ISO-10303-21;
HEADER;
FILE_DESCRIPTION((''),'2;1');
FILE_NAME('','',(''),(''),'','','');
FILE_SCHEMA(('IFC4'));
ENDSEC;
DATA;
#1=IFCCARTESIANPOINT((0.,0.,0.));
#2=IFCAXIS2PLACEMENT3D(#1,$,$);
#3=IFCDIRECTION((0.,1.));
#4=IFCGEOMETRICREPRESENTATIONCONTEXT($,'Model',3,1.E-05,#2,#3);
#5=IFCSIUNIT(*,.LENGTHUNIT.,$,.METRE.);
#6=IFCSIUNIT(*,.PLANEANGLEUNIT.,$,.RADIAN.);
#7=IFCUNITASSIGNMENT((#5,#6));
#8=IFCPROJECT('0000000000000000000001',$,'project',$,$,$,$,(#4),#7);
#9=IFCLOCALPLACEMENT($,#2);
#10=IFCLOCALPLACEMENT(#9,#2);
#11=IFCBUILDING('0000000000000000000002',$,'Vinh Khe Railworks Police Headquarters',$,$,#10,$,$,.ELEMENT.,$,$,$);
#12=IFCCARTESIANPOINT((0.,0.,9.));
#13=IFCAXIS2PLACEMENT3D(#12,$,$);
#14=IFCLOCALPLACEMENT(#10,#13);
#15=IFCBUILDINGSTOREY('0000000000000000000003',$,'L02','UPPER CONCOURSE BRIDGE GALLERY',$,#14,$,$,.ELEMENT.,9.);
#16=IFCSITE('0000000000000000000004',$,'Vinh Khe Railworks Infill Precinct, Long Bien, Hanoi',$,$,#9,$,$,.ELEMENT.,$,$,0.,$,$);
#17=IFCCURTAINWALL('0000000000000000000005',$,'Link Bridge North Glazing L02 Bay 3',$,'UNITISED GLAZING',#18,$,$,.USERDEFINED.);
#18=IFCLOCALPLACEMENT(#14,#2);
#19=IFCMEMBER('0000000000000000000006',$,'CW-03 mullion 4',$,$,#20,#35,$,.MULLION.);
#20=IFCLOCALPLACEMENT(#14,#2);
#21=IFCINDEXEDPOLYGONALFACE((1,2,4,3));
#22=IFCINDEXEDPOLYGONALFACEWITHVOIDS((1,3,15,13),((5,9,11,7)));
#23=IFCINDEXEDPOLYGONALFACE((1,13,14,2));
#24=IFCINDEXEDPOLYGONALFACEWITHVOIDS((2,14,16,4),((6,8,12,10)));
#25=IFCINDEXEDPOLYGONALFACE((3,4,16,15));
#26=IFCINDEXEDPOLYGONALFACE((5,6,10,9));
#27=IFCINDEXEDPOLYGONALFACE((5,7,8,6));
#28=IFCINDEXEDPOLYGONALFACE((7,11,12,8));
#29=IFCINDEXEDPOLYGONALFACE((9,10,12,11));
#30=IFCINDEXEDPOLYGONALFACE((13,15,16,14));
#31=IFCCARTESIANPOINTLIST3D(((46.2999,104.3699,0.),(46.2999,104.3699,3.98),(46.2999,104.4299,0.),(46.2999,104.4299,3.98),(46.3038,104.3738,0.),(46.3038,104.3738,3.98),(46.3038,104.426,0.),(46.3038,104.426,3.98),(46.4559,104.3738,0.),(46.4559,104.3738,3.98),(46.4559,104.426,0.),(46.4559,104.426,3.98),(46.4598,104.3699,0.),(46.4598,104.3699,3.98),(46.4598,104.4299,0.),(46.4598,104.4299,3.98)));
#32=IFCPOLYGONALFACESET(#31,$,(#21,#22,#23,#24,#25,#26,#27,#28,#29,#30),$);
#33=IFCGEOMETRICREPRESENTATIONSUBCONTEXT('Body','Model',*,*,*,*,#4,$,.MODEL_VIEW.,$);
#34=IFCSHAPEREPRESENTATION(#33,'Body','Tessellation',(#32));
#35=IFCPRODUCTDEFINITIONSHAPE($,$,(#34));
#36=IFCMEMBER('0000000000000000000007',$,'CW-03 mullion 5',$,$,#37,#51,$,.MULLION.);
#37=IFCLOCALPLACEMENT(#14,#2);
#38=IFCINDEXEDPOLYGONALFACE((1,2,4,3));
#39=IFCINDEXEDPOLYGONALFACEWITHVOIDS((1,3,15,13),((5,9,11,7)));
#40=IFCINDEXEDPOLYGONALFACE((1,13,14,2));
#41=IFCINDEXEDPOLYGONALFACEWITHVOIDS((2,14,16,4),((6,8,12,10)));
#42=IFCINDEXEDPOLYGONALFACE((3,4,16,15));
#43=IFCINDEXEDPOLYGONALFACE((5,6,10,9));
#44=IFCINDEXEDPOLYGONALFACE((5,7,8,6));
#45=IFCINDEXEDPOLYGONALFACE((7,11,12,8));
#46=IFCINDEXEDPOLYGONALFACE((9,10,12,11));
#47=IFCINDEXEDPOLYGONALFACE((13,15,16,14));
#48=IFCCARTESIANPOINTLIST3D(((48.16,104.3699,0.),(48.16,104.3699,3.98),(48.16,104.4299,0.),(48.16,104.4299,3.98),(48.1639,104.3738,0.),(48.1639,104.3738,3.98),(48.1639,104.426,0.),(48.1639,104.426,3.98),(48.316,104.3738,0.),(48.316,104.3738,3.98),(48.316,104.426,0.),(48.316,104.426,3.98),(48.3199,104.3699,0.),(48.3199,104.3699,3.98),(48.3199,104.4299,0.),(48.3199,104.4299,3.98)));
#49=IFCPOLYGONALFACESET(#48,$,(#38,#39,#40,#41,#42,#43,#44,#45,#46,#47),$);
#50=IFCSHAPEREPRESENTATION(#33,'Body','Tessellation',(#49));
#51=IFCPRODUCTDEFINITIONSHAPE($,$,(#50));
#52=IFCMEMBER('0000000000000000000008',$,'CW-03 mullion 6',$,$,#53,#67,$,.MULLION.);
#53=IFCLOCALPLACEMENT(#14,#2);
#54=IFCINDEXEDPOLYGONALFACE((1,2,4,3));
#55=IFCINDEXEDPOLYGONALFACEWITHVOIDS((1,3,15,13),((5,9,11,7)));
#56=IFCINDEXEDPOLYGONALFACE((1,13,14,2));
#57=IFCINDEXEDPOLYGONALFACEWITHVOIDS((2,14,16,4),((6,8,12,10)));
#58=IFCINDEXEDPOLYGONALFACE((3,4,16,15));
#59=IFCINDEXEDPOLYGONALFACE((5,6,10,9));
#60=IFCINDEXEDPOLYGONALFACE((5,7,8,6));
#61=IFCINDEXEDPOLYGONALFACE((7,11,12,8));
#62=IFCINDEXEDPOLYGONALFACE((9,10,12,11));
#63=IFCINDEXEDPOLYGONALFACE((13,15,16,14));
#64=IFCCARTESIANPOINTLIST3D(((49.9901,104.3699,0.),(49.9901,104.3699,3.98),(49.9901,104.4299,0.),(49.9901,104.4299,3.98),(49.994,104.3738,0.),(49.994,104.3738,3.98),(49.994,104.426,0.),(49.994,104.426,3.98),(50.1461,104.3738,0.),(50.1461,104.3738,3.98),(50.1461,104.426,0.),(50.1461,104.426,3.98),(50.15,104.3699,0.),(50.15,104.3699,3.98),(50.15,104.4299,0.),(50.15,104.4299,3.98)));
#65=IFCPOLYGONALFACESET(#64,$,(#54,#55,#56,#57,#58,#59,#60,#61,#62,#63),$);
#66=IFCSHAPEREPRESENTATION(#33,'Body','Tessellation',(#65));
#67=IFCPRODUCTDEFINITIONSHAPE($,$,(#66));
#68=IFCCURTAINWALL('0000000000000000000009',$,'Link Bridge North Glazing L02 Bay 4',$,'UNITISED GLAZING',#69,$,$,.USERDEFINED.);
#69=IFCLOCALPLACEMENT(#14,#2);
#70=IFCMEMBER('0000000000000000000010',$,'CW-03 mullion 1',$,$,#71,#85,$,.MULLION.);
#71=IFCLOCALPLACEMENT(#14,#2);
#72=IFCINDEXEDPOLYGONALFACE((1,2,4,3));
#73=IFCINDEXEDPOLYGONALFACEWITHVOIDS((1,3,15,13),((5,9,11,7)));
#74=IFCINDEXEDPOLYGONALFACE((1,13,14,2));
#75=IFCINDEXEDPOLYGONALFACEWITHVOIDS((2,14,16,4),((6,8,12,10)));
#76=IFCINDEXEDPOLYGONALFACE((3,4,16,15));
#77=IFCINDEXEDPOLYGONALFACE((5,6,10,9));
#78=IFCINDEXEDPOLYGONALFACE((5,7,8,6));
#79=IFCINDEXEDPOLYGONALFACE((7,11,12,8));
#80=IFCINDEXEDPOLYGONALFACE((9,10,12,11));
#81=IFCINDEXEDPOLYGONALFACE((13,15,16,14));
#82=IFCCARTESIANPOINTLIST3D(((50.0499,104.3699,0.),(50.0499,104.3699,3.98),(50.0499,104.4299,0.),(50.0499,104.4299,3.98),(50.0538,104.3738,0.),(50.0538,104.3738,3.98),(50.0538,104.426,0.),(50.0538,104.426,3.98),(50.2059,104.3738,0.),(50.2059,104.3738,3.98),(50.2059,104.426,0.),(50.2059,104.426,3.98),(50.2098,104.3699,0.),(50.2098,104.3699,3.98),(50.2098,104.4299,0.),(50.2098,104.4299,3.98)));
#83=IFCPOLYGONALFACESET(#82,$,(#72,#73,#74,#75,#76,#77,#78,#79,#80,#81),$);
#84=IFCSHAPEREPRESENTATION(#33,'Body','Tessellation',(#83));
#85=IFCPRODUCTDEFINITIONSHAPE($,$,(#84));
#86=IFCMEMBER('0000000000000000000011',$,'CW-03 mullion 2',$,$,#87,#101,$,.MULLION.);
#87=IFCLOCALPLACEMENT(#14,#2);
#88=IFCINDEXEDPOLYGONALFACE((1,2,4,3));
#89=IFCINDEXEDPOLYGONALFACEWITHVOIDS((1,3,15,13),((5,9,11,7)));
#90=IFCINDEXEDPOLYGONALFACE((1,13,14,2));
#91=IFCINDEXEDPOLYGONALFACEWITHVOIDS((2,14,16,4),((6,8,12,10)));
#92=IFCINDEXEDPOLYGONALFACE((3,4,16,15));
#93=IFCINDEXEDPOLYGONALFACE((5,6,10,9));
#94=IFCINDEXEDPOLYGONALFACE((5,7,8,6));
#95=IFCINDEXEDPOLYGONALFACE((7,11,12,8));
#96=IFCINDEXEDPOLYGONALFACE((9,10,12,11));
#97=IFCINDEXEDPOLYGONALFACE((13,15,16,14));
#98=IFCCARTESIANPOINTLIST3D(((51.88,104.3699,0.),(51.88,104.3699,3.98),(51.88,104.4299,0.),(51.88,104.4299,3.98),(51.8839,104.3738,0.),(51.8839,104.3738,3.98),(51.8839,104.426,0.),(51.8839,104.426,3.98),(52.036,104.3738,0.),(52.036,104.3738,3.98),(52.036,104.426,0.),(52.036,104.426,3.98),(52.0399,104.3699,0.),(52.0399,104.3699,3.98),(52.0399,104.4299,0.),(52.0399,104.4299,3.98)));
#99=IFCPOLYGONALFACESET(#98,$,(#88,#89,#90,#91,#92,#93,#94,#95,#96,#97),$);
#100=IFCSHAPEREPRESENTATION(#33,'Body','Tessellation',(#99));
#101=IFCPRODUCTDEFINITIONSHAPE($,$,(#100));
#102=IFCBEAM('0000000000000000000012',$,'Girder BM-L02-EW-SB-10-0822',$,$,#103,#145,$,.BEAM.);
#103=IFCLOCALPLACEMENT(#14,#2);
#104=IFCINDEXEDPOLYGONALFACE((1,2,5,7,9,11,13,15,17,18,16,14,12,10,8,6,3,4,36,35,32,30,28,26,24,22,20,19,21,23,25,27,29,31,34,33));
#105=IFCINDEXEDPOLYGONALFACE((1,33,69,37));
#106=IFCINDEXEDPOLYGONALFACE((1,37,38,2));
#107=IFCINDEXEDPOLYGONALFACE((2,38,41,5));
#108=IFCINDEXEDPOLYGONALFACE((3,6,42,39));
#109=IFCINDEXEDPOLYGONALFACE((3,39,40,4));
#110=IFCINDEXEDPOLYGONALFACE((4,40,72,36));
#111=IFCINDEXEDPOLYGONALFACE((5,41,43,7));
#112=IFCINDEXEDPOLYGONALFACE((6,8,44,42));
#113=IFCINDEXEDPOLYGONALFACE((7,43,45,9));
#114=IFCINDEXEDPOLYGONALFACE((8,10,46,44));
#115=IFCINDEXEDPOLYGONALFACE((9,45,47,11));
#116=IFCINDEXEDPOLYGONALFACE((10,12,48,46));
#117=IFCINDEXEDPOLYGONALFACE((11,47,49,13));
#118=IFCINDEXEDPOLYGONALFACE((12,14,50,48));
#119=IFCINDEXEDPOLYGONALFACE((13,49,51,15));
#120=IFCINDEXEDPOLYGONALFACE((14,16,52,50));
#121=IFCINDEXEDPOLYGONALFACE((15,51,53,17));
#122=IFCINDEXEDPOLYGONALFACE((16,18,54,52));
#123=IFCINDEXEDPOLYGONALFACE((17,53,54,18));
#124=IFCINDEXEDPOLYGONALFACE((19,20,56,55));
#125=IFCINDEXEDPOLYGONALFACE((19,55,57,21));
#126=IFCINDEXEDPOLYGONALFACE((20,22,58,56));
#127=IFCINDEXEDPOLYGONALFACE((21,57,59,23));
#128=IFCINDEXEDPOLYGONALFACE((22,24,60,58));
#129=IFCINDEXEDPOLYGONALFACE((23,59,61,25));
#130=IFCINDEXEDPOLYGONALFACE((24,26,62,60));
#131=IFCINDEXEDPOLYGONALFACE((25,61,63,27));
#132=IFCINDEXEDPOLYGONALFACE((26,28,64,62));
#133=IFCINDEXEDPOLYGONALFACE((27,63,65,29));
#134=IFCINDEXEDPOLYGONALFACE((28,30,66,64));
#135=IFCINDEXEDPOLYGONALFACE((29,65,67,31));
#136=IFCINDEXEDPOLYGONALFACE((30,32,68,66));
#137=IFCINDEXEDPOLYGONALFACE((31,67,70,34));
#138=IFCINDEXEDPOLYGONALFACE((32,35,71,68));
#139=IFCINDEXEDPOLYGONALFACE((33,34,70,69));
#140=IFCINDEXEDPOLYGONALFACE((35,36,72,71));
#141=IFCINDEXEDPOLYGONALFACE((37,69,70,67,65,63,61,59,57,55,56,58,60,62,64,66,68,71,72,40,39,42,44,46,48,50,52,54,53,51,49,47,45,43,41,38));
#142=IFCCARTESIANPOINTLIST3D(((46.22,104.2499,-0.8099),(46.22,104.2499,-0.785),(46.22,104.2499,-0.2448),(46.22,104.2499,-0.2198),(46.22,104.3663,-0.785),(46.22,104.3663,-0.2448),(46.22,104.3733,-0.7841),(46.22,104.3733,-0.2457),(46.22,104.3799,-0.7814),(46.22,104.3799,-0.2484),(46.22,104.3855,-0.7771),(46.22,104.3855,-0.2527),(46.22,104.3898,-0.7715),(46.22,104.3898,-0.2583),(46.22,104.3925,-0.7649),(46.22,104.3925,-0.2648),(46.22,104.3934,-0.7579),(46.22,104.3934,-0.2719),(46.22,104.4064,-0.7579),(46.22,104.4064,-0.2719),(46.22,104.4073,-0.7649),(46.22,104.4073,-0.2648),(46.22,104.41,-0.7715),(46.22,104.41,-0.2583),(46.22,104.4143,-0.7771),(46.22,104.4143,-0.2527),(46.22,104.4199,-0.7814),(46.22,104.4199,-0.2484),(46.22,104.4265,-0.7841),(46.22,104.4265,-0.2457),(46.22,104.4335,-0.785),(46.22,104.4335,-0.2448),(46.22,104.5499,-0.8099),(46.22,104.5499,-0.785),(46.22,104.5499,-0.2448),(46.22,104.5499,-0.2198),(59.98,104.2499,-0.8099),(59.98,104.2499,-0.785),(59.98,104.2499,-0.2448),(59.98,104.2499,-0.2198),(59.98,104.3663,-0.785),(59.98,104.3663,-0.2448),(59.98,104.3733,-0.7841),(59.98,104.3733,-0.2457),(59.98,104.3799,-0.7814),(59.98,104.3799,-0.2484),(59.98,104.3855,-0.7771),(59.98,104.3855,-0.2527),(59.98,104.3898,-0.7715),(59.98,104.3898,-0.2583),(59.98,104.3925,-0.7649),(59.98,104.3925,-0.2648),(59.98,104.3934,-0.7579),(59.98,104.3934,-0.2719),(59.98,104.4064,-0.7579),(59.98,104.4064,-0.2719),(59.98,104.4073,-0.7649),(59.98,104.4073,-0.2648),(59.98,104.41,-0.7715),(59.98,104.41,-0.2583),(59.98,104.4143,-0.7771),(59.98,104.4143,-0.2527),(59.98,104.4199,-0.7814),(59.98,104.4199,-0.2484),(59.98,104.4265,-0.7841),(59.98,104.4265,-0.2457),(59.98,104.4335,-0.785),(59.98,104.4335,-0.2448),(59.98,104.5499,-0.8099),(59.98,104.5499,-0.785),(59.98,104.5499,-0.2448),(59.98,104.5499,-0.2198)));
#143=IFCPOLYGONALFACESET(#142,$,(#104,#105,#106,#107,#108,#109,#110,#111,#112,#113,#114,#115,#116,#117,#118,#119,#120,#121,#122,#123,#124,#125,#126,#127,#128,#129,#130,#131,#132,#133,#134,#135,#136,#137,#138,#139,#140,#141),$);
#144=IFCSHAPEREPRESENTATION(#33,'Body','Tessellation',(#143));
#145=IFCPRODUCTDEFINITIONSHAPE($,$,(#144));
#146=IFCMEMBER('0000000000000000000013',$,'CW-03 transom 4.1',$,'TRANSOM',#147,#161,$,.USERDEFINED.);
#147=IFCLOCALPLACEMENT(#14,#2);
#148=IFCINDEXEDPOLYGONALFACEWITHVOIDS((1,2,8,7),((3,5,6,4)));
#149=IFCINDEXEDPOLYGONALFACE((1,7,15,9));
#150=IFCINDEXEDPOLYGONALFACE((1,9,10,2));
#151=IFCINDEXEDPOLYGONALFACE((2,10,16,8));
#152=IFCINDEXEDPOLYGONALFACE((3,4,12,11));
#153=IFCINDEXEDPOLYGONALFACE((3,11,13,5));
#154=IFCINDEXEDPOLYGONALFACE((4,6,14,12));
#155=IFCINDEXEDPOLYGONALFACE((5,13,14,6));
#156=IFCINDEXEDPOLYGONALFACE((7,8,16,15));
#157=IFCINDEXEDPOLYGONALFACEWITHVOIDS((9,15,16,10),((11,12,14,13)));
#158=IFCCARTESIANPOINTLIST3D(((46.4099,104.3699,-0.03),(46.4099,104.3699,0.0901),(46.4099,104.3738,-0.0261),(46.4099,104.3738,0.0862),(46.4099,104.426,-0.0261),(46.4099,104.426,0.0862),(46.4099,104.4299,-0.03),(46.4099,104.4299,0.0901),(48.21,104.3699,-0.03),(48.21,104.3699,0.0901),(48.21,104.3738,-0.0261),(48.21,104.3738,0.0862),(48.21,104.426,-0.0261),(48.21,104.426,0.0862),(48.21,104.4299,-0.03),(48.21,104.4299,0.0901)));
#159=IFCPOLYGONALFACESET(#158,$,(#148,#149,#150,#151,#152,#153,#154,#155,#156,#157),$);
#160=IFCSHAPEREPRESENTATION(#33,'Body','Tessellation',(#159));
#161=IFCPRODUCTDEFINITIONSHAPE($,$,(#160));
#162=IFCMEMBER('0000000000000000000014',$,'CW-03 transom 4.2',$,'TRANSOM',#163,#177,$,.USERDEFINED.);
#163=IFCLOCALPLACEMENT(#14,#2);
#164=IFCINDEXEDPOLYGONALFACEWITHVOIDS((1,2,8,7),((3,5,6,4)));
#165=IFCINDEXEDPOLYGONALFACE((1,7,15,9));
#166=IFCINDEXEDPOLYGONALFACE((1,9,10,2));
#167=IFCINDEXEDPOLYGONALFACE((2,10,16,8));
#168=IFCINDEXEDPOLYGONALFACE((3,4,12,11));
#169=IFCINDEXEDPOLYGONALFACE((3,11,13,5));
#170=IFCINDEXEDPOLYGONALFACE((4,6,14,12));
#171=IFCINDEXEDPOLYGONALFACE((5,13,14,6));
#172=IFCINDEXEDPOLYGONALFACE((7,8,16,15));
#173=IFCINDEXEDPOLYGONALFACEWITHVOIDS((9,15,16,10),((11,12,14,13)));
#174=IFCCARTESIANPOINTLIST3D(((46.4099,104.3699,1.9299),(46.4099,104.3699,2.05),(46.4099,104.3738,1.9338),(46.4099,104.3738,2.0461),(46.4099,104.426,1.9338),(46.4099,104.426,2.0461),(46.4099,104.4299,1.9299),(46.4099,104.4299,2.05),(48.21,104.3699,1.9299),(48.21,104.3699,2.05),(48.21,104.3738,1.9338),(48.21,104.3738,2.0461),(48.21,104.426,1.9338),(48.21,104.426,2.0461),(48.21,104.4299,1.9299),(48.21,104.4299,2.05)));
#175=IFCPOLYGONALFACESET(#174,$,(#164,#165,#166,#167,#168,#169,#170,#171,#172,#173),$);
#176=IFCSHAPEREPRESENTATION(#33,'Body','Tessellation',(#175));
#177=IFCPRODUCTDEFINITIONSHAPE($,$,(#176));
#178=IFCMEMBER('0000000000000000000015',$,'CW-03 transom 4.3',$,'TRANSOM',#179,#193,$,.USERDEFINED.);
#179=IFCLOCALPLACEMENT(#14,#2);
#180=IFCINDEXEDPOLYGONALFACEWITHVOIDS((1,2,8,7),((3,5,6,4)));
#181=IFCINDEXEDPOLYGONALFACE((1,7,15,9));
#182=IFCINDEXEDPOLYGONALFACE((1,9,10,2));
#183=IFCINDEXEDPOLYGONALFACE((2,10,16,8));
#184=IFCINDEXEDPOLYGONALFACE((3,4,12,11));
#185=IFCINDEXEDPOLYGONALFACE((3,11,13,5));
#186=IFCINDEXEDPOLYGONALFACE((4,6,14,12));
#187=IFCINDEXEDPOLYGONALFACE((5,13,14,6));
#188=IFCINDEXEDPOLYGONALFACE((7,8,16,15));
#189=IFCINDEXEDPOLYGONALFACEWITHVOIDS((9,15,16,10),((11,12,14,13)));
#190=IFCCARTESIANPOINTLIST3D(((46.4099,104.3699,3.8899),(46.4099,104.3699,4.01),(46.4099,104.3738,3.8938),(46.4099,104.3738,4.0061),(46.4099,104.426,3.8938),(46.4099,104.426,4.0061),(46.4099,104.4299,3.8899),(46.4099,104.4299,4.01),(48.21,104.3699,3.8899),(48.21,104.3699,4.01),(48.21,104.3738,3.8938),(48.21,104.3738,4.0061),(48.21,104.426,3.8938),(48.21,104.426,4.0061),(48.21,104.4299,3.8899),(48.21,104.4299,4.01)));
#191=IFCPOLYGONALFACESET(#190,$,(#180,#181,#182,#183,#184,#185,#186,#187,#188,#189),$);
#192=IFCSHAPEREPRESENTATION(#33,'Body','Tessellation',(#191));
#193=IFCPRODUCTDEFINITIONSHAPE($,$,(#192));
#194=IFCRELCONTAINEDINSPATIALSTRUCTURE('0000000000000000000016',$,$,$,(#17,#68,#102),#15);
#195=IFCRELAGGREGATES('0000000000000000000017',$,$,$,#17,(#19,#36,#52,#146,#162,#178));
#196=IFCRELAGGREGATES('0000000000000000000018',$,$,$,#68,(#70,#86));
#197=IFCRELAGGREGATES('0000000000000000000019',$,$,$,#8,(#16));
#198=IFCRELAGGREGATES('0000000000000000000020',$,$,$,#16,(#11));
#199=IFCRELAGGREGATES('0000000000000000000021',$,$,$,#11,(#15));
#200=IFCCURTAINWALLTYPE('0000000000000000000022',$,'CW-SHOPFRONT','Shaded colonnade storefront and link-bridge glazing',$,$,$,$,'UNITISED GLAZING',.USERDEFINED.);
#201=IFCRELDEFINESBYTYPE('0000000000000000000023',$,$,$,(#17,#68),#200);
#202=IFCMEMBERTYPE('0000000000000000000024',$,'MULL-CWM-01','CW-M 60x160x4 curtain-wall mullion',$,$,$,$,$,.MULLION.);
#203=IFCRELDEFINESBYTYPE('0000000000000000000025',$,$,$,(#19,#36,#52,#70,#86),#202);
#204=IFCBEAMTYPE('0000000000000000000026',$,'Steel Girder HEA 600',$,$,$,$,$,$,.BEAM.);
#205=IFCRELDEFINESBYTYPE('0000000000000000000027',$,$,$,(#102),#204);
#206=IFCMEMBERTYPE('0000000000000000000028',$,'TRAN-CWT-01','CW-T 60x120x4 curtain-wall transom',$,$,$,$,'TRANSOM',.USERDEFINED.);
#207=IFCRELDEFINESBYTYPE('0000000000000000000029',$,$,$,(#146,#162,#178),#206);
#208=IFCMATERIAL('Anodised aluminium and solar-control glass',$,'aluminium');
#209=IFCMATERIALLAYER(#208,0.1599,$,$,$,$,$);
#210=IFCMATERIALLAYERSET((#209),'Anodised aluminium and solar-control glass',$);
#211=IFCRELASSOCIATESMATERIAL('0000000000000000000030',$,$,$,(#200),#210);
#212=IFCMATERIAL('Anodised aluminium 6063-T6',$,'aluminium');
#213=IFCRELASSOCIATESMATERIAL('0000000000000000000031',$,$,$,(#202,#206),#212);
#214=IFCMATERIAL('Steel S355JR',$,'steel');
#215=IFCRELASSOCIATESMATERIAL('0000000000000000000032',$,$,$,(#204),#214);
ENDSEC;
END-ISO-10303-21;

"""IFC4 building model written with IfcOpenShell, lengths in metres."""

from ifc_helpers import new_model, si_unit, direction, frame, origin, origin_2d, place, context, subcontext, project, spatial, hollow_rectangle, i_section, extrude, material, layer, layer_set, material_profile, profile_set, type_object, element, aggregate, save


model = new_model("IFC4")

# Units and contexts
model_context = context("Model", 3, precision=1e-05, world=origin(), true_north=direction((0.0, 1.0)))
body_context = subcontext(model_context, "Body", "Model", "MODEL_VIEW")
ifc_project = project(units=[si_unit("LENGTHUNIT", "METRE"), si_unit("PLANEANGLEUNIT", "RADIAN")], contexts=[model_context])

# Site, building, storey
site_placement = place(None, origin())
site = spatial("IfcSite", under=ifc_project, at=site_placement, Name="Vinh Khe Railworks Infill Precinct, Long Bien, Hanoi", CompositionType="ELEMENT", RefElevation=0.0)
building_placement = place(site_placement, origin())
building = spatial("IfcBuilding", under=site, at=building_placement, Name="Vinh Khe Railworks Police Headquarters", CompositionType="ELEMENT")
storey_placement = place(building_placement, frame((0.0, 0.0, 9.0)))
storey = spatial("IfcBuildingStorey", under=building, at=storey_placement, Name="L02", Description="UPPER CONCOURSE BRIDGE GALLERY", CompositionType="ELEMENT", Elevation=9.0)

# Curtain walls, members
ifc_material_1 = material(Name="Anodised aluminium and solar-control glass", Category="aluminium")
ifc_layer_1 = layer(ifc_material_1, 0.1599)
ifc_layer_set_1 = layer_set([ifc_layer_1], Name="Anodised aluminium and solar-control glass")
curtain_wall_type = type_object("IfcCurtainWallType", Name="CW-SHOPFRONT", Description="Shaded colonnade storefront and link-bridge glazing", ElementType="UNITISED GLAZING", PredefinedType="USERDEFINED", material=ifc_layer_set_1)
curtain_wall_1_placement = place(storey_placement, origin())
curtain_wall_1 = element("IfcCurtainWall", 1, at=curtain_wall_1_placement, inside=storey, type_object=curtain_wall_type, Name="Link Bridge North Glazing L02 Bay 3", ObjectType="UNITISED GLAZING", PredefinedType="USERDEFINED")
ifc_material_2 = material(Name="Anodised aluminium 6063-T6", Category="aluminium")
ifc_material_profile_1 = material_profile(ifc_material_2, hollow_rectangle(XDim=0.0601, YDim=0.1599, WallThickness=0.0039, at=origin_2d()), Name="CW-M 60x160x4")
ifc_profile_set_1 = profile_set([ifc_material_profile_1], Name="Anodised aluminium 6063-T6")
member_type_1 = type_object("IfcMemberType", Name="MULL-CWM-01", Description="CW-M 60x160x4 curtain-wall mullion", PredefinedType="MULLION", material=ifc_profile_set_1)
member_1_placement = place(storey_placement, frame((46.3799, 104.3999, 0.0), z_axis=(0.0, 0.0, 1.0), x_axis=(0.0, 1.0, 0.0)))
member_1 = element("IfcMember", 2, at=member_1_placement, type_object=member_type_1, Name="CW-03 mullion 4", PredefinedType="MULLION", context=body_context, shape_type="SweptSolid", body=[
    extrude(hollow_rectangle(XDim=0.0601, YDim=0.1599, WallThickness=0.0039, at=origin_2d()), origin(), (0.0, 0.0, 1.0), 3.98),
])
member_2_placement = place(storey_placement, frame((48.24, 104.3999, 0.0), z_axis=(0.0, 0.0, 1.0), x_axis=(0.0, 1.0, 0.0)))
member_2 = element("IfcMember", 3, at=member_2_placement, type_object=member_type_1, Name="CW-03 mullion 5", PredefinedType="MULLION", context=body_context, shape_type="SweptSolid", body=[
    extrude(hollow_rectangle(XDim=0.0601, YDim=0.1599, WallThickness=0.0039, at=origin_2d()), origin(), (0.0, 0.0, 1.0), 3.98),
])
member_3_placement = place(storey_placement, frame((50.0701, 104.3999, 0.0), z_axis=(0.0, 0.0, 1.0), x_axis=(0.0, 1.0, 0.0)))
member_3 = element("IfcMember", 4, at=member_3_placement, type_object=member_type_1, Name="CW-03 mullion 6", PredefinedType="MULLION", context=body_context, shape_type="SweptSolid", body=[
    extrude(hollow_rectangle(XDim=0.0601, YDim=0.1599, WallThickness=0.0039, at=origin_2d()), origin(), (0.0, 0.0, 1.0), 3.98),
])
curtain_wall_2_placement = place(storey_placement, origin())
curtain_wall_2 = element("IfcCurtainWall", 5, at=curtain_wall_2_placement, inside=storey, type_object=curtain_wall_type, Name="Link Bridge North Glazing L02 Bay 4", ObjectType="UNITISED GLAZING", PredefinedType="USERDEFINED")
member_4_placement = place(storey_placement, frame((50.1299, 104.3999, 0.0), z_axis=(0.0, 0.0, 1.0), x_axis=(0.0, 1.0, 0.0)))
member_4 = element("IfcMember", 6, at=member_4_placement, type_object=member_type_1, Name="CW-03 mullion 1", PredefinedType="MULLION", context=body_context, shape_type="SweptSolid", body=[
    extrude(hollow_rectangle(XDim=0.0601, YDim=0.1599, WallThickness=0.0039, at=origin_2d()), origin(), (0.0, 0.0, 1.0), 3.98),
])
member_5_placement = place(storey_placement, frame((51.96, 104.3999, 0.0), z_axis=(0.0, 0.0, 1.0), x_axis=(0.0, 1.0, 0.0)))
member_5 = element("IfcMember", 7, at=member_5_placement, type_object=member_type_1, Name="CW-03 mullion 2", PredefinedType="MULLION", context=body_context, shape_type="SweptSolid", body=[
    extrude(hollow_rectangle(XDim=0.0601, YDim=0.1599, WallThickness=0.0039, at=origin_2d()), origin(), (0.0, 0.0, 1.0), 3.98),
])

# Beam
ifc_material_3 = material(Name="Steel S355JR", Category="steel")
ifc_material_profile_2 = material_profile(ifc_material_3, i_section(OverallWidth=0.3, OverallDepth=0.5901, WebThickness=0.0129, FlangeThickness=0.0249, FilletRadius=0.0271, at=origin_2d()), Name="HEA 600")
ifc_profile_set_2 = profile_set([ifc_material_profile_2], Name="Steel S355JR")
beam_type = type_object("IfcBeamType", Name="Steel Girder HEA 600", PredefinedType="BEAM", material=ifc_profile_set_2)
beam_placement = place(storey_placement, frame((46.22, 104.3999, -0.5149), z_axis=(1.0, 0.0, 0.0), x_axis=(0.0, 1.0, 0.0)))
element("IfcBeam", 8, at=beam_placement, inside=storey, type_object=beam_type, Name="Girder BM-L02-EW-SB-10-0822", PredefinedType="BEAM", context=body_context, shape_type="SweptSolid", body=[
    extrude(i_section(OverallWidth=0.3, OverallDepth=0.5901, WebThickness=0.0129, FlangeThickness=0.0249, FilletRadius=0.0271, at=origin_2d()), origin(), (0.0, 0.0, 1.0), 13.76),
])

# Members
ifc_material_profile_3 = material_profile(ifc_material_2, hollow_rectangle(XDim=0.0601, YDim=0.1201, WallThickness=0.0039, at=origin_2d()), Name="CW-T 60x120x4")
ifc_profile_set_3 = profile_set([ifc_material_profile_3], Name="Anodised aluminium 6063-T6")
member_type_2 = type_object("IfcMemberType", Name="TRAN-CWT-01", Description="CW-T 60x120x4 curtain-wall transom", ElementType="TRANSOM", PredefinedType="USERDEFINED", material=ifc_profile_set_3)
member_6_placement = place(storey_placement, frame((46.4099, 104.3999, 0.03), z_axis=(1.0, 0.0, 0.0), x_axis=(0.0, 1.0, 0.0)))
member_6 = element("IfcMember", 9, at=member_6_placement, type_object=member_type_2, Name="CW-03 transom 4.1", ObjectType="TRANSOM", PredefinedType="USERDEFINED", context=body_context, shape_type="SweptSolid", body=[
    extrude(hollow_rectangle(XDim=0.0601, YDim=0.1201, WallThickness=0.0039, at=origin_2d()), origin(), (0.0, 0.0, 1.0), 1.8),
])
member_7_placement = place(storey_placement, frame((46.4099, 104.3999, 1.99), z_axis=(1.0, 0.0, 0.0), x_axis=(0.0, 1.0, 0.0)))
member_7 = element("IfcMember", 10, at=member_7_placement, type_object=member_type_2, Name="CW-03 transom 4.2", ObjectType="TRANSOM", PredefinedType="USERDEFINED", context=body_context, shape_type="SweptSolid", body=[
    extrude(hollow_rectangle(XDim=0.0601, YDim=0.1201, WallThickness=0.0039, at=origin_2d()), origin(), (0.0, 0.0, 1.0), 1.8),
])
member_8_placement = place(storey_placement, frame((46.4099, 104.3999, 3.95), z_axis=(1.0, 0.0, 0.0), x_axis=(0.0, 1.0, 0.0)))
member_8 = element("IfcMember", 11, at=member_8_placement, type_object=member_type_2, Name="CW-03 transom 4.3", ObjectType="TRANSOM", PredefinedType="USERDEFINED", context=body_context, shape_type="SweptSolid", body=[
    extrude(hollow_rectangle(XDim=0.0601, YDim=0.1201, WallThickness=0.0039, at=origin_2d()), origin(), (0.0, 0.0, 1.0), 1.8),
])

aggregate(curtain_wall_1, [member_1, member_2, member_3, member_6, member_7, member_8])
aggregate(curtain_wall_2, [member_4, member_5])

save(model, "model.ifc")
